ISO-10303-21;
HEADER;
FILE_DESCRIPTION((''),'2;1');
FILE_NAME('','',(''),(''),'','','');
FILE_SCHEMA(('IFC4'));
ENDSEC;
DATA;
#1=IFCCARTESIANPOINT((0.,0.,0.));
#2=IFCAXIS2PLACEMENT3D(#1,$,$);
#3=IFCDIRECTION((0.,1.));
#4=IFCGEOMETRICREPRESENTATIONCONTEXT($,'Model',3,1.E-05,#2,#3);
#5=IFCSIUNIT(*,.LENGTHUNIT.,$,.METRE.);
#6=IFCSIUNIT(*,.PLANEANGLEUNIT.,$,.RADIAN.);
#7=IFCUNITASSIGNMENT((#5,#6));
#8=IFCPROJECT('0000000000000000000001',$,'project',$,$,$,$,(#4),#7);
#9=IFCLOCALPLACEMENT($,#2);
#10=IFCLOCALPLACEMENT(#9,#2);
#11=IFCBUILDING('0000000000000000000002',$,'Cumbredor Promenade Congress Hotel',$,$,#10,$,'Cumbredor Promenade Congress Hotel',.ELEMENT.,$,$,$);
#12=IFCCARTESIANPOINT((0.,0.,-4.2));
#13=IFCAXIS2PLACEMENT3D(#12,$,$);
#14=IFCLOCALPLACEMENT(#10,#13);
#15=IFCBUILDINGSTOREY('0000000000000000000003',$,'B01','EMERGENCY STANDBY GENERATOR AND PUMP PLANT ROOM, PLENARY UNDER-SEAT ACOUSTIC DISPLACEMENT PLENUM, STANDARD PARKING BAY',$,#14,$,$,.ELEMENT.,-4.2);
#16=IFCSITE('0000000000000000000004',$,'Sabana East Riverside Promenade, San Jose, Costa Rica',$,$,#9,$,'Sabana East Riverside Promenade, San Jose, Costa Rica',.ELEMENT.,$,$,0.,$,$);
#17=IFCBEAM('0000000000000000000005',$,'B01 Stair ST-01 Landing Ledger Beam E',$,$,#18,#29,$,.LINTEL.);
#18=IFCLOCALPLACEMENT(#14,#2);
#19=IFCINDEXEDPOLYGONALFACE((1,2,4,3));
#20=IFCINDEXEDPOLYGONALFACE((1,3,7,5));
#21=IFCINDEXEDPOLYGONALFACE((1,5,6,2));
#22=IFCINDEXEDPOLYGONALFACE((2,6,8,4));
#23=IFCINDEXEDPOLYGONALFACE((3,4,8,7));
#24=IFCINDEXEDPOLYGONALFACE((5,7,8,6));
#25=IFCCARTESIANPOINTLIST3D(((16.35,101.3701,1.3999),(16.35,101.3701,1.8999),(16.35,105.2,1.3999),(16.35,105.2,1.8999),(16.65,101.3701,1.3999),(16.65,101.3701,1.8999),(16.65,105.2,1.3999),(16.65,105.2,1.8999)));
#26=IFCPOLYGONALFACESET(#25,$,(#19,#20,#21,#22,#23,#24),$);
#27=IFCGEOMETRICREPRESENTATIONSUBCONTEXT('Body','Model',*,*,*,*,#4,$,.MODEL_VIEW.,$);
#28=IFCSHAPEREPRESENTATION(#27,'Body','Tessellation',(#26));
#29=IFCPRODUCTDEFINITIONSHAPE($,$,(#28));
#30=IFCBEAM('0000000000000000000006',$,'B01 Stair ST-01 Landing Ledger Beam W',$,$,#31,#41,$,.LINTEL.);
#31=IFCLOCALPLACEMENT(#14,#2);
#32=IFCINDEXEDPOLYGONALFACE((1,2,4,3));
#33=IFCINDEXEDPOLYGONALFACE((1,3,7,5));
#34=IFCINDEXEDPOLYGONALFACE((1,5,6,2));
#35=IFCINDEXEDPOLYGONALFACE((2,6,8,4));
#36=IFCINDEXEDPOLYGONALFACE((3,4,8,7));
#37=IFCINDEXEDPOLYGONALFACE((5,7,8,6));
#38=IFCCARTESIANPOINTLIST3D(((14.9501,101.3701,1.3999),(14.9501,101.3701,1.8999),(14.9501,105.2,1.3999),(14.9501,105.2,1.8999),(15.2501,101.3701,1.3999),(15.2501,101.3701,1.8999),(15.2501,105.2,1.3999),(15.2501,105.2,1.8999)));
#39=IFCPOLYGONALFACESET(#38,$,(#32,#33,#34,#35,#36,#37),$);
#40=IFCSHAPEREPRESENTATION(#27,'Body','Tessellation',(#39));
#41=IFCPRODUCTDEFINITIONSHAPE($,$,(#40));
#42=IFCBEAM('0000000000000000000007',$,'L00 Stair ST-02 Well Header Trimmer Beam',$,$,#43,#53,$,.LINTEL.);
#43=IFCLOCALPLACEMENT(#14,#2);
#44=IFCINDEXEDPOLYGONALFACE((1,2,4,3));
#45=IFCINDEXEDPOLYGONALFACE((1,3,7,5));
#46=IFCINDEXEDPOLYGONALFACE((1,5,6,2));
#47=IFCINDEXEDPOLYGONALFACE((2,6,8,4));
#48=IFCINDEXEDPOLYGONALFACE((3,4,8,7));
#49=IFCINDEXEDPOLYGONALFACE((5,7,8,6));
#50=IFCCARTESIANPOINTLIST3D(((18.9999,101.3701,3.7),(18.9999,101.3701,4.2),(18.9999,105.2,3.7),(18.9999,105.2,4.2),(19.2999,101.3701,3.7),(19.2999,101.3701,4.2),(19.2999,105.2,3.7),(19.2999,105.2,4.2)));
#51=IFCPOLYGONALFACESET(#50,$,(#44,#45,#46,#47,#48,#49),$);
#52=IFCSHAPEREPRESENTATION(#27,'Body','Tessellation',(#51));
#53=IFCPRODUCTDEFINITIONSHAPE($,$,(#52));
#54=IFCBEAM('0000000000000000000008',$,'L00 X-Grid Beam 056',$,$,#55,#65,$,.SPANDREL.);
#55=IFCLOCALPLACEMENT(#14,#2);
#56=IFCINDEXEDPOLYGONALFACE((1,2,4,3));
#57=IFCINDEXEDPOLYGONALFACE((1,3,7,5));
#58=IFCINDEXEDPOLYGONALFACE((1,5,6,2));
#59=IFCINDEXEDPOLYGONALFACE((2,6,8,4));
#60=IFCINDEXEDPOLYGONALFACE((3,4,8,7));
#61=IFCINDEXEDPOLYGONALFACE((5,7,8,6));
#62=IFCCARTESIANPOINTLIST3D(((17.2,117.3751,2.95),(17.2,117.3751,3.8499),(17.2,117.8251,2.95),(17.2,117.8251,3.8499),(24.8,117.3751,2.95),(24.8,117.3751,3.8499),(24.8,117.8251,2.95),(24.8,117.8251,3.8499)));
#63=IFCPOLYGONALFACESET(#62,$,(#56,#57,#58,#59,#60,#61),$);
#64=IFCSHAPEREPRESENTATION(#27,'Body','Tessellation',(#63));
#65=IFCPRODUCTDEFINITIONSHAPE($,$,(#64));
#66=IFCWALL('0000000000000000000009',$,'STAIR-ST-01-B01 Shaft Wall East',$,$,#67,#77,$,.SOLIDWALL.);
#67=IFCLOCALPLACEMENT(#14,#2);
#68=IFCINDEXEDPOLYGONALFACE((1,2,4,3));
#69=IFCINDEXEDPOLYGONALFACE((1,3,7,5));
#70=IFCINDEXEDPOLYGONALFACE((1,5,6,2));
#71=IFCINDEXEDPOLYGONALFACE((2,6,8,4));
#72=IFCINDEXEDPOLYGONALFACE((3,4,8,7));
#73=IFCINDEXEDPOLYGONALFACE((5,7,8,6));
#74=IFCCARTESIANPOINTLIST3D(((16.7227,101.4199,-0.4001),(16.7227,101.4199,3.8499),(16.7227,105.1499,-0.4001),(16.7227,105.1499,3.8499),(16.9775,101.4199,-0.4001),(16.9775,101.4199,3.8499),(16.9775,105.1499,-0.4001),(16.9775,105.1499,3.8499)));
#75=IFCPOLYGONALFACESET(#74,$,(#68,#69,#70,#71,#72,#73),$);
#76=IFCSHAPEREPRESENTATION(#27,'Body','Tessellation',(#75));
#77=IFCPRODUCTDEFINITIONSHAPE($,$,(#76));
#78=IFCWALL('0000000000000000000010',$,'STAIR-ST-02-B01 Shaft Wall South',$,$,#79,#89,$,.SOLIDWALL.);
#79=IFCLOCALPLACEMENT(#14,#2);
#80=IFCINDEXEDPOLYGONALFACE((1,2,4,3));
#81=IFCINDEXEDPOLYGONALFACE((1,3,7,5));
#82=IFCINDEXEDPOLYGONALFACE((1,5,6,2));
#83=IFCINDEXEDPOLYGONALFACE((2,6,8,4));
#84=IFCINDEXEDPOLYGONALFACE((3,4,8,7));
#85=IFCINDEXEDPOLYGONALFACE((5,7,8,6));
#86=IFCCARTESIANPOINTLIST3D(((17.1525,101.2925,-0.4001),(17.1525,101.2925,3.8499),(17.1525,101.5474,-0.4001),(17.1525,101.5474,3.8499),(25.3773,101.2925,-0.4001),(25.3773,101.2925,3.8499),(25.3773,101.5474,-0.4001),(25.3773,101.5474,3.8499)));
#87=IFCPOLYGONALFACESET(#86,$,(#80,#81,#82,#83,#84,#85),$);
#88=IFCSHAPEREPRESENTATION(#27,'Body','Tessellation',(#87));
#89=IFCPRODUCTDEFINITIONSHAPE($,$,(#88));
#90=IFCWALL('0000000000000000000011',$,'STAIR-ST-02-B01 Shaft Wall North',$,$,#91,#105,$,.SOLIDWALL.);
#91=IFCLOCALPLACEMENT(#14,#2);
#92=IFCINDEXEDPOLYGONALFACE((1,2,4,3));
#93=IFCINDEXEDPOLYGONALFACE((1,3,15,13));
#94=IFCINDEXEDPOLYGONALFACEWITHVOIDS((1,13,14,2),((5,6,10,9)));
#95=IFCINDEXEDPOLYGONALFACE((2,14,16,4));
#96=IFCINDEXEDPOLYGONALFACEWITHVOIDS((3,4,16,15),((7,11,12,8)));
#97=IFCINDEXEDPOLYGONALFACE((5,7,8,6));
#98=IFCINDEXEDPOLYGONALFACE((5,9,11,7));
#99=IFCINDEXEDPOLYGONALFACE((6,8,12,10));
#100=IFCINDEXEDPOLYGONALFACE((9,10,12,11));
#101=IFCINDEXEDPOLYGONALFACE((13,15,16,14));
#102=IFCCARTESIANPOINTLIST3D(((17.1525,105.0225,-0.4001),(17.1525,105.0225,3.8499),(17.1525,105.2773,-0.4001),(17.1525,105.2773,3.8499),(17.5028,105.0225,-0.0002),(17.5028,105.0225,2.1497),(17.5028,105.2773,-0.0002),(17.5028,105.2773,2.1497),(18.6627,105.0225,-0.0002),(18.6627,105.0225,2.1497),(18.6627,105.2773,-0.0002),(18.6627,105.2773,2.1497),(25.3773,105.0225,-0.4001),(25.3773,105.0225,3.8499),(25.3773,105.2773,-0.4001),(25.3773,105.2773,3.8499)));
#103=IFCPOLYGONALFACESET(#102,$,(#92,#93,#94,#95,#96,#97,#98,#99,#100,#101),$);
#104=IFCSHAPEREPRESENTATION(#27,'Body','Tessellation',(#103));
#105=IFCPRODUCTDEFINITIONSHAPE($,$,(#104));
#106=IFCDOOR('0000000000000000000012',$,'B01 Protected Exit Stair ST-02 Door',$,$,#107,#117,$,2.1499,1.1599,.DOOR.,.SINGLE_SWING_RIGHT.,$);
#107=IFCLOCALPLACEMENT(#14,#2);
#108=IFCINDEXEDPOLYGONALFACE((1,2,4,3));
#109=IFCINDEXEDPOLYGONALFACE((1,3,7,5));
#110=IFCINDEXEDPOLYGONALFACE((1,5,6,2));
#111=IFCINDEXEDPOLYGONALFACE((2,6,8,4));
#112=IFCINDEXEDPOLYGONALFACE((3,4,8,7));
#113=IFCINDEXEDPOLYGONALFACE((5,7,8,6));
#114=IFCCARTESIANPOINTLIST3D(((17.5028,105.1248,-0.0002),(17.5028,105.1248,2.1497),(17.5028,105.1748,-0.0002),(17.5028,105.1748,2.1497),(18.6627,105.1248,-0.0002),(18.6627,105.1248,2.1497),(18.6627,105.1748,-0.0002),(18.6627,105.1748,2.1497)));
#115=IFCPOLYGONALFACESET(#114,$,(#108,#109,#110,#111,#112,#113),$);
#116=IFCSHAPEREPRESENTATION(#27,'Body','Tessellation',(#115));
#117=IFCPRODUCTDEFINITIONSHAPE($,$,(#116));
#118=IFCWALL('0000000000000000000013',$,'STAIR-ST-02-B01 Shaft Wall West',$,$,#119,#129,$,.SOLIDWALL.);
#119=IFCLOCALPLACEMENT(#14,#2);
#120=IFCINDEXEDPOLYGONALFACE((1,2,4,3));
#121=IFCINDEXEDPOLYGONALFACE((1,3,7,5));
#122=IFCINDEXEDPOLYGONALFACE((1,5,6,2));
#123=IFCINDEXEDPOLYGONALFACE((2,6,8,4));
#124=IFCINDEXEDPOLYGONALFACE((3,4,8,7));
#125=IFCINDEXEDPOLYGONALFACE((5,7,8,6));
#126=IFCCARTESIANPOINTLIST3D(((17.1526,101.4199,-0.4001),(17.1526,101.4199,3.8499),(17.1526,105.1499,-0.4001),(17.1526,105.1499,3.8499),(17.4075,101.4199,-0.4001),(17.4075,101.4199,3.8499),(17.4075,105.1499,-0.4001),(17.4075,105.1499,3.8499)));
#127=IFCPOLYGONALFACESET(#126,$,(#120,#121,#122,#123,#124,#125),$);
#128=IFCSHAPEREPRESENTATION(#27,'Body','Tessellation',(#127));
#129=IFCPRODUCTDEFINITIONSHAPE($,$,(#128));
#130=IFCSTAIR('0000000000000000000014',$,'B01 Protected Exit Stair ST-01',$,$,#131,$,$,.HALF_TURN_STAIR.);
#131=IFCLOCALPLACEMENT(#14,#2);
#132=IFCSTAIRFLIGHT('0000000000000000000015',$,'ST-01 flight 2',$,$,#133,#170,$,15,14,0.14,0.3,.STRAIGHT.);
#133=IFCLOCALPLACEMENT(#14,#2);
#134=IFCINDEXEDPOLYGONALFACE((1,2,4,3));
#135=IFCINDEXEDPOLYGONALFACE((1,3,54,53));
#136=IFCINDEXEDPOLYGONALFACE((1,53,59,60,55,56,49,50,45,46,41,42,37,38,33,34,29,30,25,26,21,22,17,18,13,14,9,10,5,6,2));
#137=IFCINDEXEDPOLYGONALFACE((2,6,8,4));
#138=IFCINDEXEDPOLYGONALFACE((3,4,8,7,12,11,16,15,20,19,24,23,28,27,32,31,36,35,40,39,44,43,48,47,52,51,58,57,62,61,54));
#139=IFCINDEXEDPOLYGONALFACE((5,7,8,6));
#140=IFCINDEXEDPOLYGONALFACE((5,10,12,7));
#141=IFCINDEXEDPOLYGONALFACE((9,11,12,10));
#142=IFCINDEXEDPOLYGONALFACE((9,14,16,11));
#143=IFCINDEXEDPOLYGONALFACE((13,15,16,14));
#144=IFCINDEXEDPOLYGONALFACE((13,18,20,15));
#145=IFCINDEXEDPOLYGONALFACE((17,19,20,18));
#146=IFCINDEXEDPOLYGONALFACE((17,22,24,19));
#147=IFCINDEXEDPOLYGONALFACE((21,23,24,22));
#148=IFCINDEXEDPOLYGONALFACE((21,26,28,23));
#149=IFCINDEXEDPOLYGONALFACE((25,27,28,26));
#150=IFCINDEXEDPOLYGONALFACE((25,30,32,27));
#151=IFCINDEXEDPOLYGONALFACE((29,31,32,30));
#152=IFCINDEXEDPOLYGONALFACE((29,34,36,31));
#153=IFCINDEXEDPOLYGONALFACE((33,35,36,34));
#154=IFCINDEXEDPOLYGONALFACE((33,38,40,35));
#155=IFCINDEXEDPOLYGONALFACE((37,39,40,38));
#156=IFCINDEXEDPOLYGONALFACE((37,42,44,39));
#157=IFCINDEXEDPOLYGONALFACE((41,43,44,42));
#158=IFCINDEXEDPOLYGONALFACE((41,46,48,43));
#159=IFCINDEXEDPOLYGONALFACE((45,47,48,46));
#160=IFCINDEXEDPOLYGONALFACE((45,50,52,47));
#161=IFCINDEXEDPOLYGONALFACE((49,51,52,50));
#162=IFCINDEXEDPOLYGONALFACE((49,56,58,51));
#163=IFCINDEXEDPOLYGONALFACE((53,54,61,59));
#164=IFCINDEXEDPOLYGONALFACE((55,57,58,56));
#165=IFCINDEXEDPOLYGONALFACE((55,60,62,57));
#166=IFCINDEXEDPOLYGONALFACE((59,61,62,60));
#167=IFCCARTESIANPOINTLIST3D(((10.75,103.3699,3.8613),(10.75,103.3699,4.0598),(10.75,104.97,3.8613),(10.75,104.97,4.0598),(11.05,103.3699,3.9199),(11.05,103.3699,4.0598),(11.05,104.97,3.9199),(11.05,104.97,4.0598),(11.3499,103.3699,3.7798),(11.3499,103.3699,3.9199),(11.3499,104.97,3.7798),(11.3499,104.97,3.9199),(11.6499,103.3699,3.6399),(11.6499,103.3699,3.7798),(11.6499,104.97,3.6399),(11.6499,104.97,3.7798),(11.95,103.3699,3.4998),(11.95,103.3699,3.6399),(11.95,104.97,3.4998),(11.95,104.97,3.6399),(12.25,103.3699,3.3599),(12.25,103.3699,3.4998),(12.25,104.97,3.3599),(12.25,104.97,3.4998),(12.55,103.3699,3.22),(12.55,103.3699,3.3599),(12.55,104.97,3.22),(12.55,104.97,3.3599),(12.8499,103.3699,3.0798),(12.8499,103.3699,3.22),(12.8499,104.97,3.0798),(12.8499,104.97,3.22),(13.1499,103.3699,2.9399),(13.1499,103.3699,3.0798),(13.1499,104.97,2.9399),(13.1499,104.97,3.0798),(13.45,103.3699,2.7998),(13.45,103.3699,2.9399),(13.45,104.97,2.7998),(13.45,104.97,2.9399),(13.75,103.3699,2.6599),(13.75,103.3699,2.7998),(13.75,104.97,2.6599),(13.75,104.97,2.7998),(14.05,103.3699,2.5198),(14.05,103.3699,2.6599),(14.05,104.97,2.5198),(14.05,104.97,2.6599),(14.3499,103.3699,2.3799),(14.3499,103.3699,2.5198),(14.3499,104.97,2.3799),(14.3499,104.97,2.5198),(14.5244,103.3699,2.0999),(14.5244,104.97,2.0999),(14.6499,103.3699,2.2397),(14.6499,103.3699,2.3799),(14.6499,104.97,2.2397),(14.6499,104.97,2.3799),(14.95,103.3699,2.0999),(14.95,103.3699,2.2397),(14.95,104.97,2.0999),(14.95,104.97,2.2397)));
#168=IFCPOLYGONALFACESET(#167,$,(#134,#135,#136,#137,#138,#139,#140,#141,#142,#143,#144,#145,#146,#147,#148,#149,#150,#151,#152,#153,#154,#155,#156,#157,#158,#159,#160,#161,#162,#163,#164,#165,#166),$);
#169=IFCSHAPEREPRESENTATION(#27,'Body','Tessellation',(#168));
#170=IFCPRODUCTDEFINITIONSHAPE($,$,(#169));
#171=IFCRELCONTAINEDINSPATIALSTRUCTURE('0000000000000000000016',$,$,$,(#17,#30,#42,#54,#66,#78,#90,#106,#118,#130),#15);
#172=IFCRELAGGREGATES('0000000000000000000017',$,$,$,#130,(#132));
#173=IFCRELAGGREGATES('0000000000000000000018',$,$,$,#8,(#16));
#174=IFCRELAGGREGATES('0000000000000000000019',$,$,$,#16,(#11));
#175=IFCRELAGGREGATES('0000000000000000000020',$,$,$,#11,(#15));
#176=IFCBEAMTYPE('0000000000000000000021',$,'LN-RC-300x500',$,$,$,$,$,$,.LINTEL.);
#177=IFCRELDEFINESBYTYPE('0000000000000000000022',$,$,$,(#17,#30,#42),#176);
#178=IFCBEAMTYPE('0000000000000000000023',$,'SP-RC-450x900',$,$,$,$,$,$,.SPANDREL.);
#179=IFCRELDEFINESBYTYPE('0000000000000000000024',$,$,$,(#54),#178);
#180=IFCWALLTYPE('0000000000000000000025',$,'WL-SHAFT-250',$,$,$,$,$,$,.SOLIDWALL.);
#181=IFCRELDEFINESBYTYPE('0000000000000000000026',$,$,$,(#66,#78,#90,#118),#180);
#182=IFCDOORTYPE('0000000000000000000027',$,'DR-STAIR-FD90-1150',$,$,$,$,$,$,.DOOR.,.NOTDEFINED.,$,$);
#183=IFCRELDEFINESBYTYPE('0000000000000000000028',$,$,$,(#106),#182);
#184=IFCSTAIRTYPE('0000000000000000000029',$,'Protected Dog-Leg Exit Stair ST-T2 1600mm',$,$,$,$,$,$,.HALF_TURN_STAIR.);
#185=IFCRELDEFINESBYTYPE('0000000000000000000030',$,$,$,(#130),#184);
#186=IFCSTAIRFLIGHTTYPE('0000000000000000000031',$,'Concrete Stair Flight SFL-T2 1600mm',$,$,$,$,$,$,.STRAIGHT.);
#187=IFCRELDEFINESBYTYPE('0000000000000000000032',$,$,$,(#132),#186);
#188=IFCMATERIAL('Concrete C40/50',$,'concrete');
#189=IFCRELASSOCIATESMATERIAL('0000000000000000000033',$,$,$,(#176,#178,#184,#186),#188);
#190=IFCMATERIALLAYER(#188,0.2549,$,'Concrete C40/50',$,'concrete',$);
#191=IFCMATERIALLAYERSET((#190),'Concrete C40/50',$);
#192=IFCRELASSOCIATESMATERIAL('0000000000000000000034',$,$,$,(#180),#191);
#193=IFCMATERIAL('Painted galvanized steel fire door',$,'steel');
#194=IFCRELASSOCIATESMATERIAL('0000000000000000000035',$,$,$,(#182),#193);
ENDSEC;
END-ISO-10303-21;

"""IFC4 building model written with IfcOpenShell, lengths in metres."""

from ifc_helpers import new_model, si_unit, direction, frame, frame_2d, origin, origin_2d, place, context, subcontext, project, spatial, polyline, rectangle, outline, extrude, material, layer, layer_set, material_profile, profile_set, type_object, element, fill, aggregate, save


model = new_model("IFC4")

# Units and contexts
model_context = context("Model", 3, precision=1e-05, world=origin(), true_north=direction((0.0, 1.0)))
body_context = subcontext(model_context, "Body", "Model", "MODEL_VIEW")
ifc_project = project(units=[si_unit("LENGTHUNIT", "METRE"), si_unit("PLANEANGLEUNIT", "RADIAN")], contexts=[model_context])

# Site, building, storey
site_placement = place(None, origin())
site = spatial("IfcSite", under=ifc_project, at=site_placement, Name="Sabana East Riverside Promenade, San Jose, Costa Rica", LongName="Sabana East Riverside Promenade, San Jose, Costa Rica", CompositionType="ELEMENT", RefElevation=0.0)
building_placement = place(site_placement, origin())
building = spatial("IfcBuilding", under=site, at=building_placement, Name="Cumbredor Promenade Congress Hotel", LongName="Cumbredor Promenade Congress Hotel", CompositionType="ELEMENT")
storey_placement = place(building_placement, frame((0.0, 0.0, -4.2)))
storey = spatial("IfcBuildingStorey", under=building, at=storey_placement, Name="B01", Description="EMERGENCY STANDBY GENERATOR AND PUMP PLANT ROOM, PLENARY UNDER-SEAT ACOUSTIC DISPLACEMENT PLENUM, STANDARD PARKING BAY", CompositionType="ELEMENT", Elevation=-4.2)

# Shared definitions
ifc_material_1 = material(Name="Concrete C40/50", Category="concrete")

# Beams
ifc_material_profile_1 = material_profile(ifc_material_1, rectangle(XDim=0.3, YDim=0.5, at=origin_2d()), Name="RC LINTEL 300x500")
ifc_profile_set_1 = profile_set([ifc_material_profile_1], Name="Concrete C40/50")
beam_type_1 = type_object("IfcBeamType", Name="LN-RC-300x500", PredefinedType="LINTEL", material=ifc_profile_set_1)
for number, where, z_axis, x_axis, name in (
    (1, (16.5, 101.3701, 1.6499), (0.0, 1.0, 0.0), (-1.0, 0.0, 0.0), "B01 Stair ST-01 Landing Ledger Beam E"),
    (2, (15.1001, 101.3701, 1.6499), (0.0, 1.0, 0.0), (-1.0, 0.0, 0.0), "B01 Stair ST-01 Landing Ledger Beam W"),
    (3, (19.1499, 101.3701, 3.95), (0.0, 1.0, 0.0), (-1.0, 0.0, 0.0), "L00 Stair ST-02 Well Header Trimmer Beam"),
):
    element("IfcBeam", number, at=place(storey_placement, frame(where, z_axis=z_axis, x_axis=x_axis)), inside=storey, type_object=beam_type_1, Name=name, PredefinedType="LINTEL", context=body_context, shape_type="SweptSolid", body=[
        extrude(rectangle(XDim=0.3, YDim=0.5, at=origin_2d()), origin(), (0.0, 0.0, 1.0), 3.8298),
    ])
ifc_material_profile_2 = material_profile(ifc_material_1, rectangle(XDim=0.45, YDim=0.8999, at=origin_2d()), Name="RC SPANDREL 450x900")
ifc_profile_set_2 = profile_set([ifc_material_profile_2], Name="Concrete C40/50")
beam_type_2 = type_object("IfcBeamType", Name="SP-RC-450x900", PredefinedType="SPANDREL", material=ifc_profile_set_2)
beam_1_placement = place(storey_placement, frame((17.2, 117.6001, 3.3999), z_axis=(1.0, 0.0, 0.0), x_axis=(0.0, 1.0, 0.0)))
element("IfcBeam", 4, at=beam_1_placement, inside=storey, type_object=beam_type_2, Name="L00 X-Grid Beam 056", PredefinedType="SPANDREL", context=body_context, shape_type="SweptSolid", body=[
    extrude(rectangle(XDim=0.45, YDim=0.8999, at=origin_2d()), origin(), (0.0, 0.0, 1.0), 7.6001),
])

# Walls
ifc_layer = layer(ifc_material_1, 0.2549, Name="Concrete C40/50", Category="concrete")
ifc_layer_set = layer_set([ifc_layer], Name="Concrete C40/50")
wall_type = type_object("IfcWallType", Name="WL-SHAFT-250", PredefinedType="SOLIDWALL", material=ifc_layer_set)
wall_1_placement = place(storey_placement, frame((16.8501, 101.4199, -0.4001), z_axis=(0.0, 0.0, 1.0), x_axis=(0.0, 1.0, 0.0)))
element("IfcWall", 5, at=wall_1_placement, inside=storey, type_object=wall_type, Name="STAIR-ST-01-B01 Shaft Wall East", PredefinedType="SOLIDWALL", context=body_context, shape_type="SweptSolid", body=[
    extrude(rectangle(XDim=3.73, YDim=0.2549, at=frame_2d((1.865, 0.0))), origin(), (0.0, 0.0, 1.0), 4.25),
])
wall_2_placement = place(storey_placement, frame((17.1526, 101.4199, -0.4001), z_axis=(0.0, 0.0, 1.0), x_axis=(1.0, 0.0, 0.0)))
element("IfcWall", 6, at=wall_2_placement, inside=storey, type_object=wall_type, Name="STAIR-ST-02-B01 Shaft Wall South", PredefinedType="SOLIDWALL", context=body_context, shape_type="SweptSolid", body=[
    extrude(rectangle(XDim=8.2249, YDim=0.2549, at=frame_2d((4.1123, 0.0))), origin(), (0.0, 0.0, 1.0), 4.25),
])

# Wall, opening, door
wall_3_placement = place(storey_placement, frame((17.1526, 105.1499, -0.4001), z_axis=(0.0, 0.0, 1.0), x_axis=(1.0, 0.0, 0.0)))
wall_3 = element("IfcWall", 7, at=wall_3_placement, inside=storey, type_object=wall_type, Name="STAIR-ST-02-B01 Shaft Wall North", PredefinedType="SOLIDWALL", context=body_context, shape_type="SweptSolid", body=[
    extrude(rectangle(XDim=8.2249, YDim=0.2549, at=frame_2d((4.1123, 0.0))), origin(), (0.0, 0.0, 1.0), 4.25),
])
opening_placement = place(wall_3_placement, frame((0.3501, 0.0, 0.3999)))
opening = element("IfcOpeningElement", 8, at=opening_placement, cuts=wall_3, PredefinedType="OPENING", context=body_context, shape_type="SweptSolid", body=[
    extrude(rectangle(XDim=1.1599, YDim=2.1499, at=frame_2d((0.5801, 1.075))), frame((0.0, 0.1375, 0.0), z_axis=(0.0, -1.0, 0.0), x_axis=(1.0, 0.0, 0.0)), (0.0, 0.0, 1.0), 0.2749),
])
ifc_material_2 = material(Name="Painted galvanized steel fire door", Category="steel")
door_type = type_object("IfcDoorType", Name="DR-STAIR-FD90-1150", OperationType="NOTDEFINED", PredefinedType="DOOR", material=ifc_material_2)
door_placement = place(opening_placement, origin())
door = element("IfcDoor", 9, at=door_placement, inside=storey, type_object=door_type, Name="B01 Protected Exit Stair ST-02 Door", OperationType="SINGLE_SWING_RIGHT", OverallHeight=2.1499, OverallWidth=1.1599, PredefinedType="DOOR", context=body_context, shape_type="SweptSolid", body=[
    extrude(rectangle(XDim=1.1599, YDim=2.1499, at=frame_2d((0.5801, 1.075))), frame((0.0, 0.0249, 0.0), z_axis=(0.0, -1.0, 0.0), x_axis=(1.0, 0.0, 0.0)), (0.0, 0.0, 1.0), 0.05),
])
fill(opening, door)

# Wall
wall_4_placement = place(storey_placement, frame((17.28, 101.4199, -0.4001), z_axis=(0.0, 0.0, 1.0), x_axis=(0.0, 1.0, 0.0)))
element("IfcWall", 10, at=wall_4_placement, inside=storey, type_object=wall_type, Name="STAIR-ST-02-B01 Shaft Wall West", PredefinedType="SOLIDWALL", context=body_context, shape_type="SweptSolid", body=[
    extrude(rectangle(XDim=3.73, YDim=0.2549, at=frame_2d((1.865, 0.0))), origin(), (0.0, 0.0, 1.0), 4.25),
])

# Stair, stair flight
stair_type = type_object("IfcStairType", Name="Protected Dog-Leg Exit Stair ST-T2 1600mm", PredefinedType="HALF_TURN_STAIR", material=ifc_material_1)
stair_1_placement = place(storey_placement, origin())
stair_1 = element("IfcStair", 11, at=stair_1_placement, inside=storey, type_object=stair_type, Name="B01 Protected Exit Stair ST-01", PredefinedType="HALF_TURN_STAIR")
stair_flight_type = type_object("IfcStairFlightType", Name="Concrete Stair Flight SFL-T2 1600mm", PredefinedType="STRAIGHT", material=ifc_material_1)
stair_flight_1_placement = place(storey_placement, frame((14.95, 104.1699, 2.0999), z_axis=(0.0, 0.0, 1.0), x_axis=(-1.0, 0.0, 0.0)))
stair_flight_1 = element("IfcStairFlight", 12, at=stair_flight_1_placement, type_object=stair_flight_type, Name="ST-01 flight 2", NumberOfRisers=15, NumberOfTreads=14, PredefinedType="STRAIGHT", RiserHeight=0.14, TreadLength=0.3, context=body_context, shape_type="SweptSolid", body=[
    extrude(outline(polyline([(0.0, 0.0), (0.0, 0.1399), (0.3, 0.1399), (0.3, 0.28), (0.6001, 0.28), (0.6001, 0.4199), (0.8999, 0.4199), (0.8999, 0.5601), (1.2, 0.5601), (1.2, 0.7), (1.5, 0.7), (1.5, 0.8401), (1.8, 0.8401), (1.8, 0.98), (2.1001, 0.98), (2.1001, 1.1201), (2.3999, 1.1201), (2.3999, 1.26), (2.7, 1.26), (2.7, 1.3999), (3.0, 1.3999), (3.0, 1.54), (3.3, 1.54), (3.3, 1.6799), (3.6001, 1.6799), (3.6001, 1.8201), (3.8999, 1.8201), (3.8999, 1.96), (4.2, 1.96), (4.2, 2.1001), (4.2, 1.7615), (0.4255, 0.0), (0.0, 0.0)])), frame((0.0, 0.8, 0.0), z_axis=(0.0, -1.0, 0.0), x_axis=(1.0, 0.0, 0.0)), (0.0, 0.0, 1.0), 1.6001),
])
aggregate(stair_1, [stair_flight_1])

save(model, "model.ifc")
